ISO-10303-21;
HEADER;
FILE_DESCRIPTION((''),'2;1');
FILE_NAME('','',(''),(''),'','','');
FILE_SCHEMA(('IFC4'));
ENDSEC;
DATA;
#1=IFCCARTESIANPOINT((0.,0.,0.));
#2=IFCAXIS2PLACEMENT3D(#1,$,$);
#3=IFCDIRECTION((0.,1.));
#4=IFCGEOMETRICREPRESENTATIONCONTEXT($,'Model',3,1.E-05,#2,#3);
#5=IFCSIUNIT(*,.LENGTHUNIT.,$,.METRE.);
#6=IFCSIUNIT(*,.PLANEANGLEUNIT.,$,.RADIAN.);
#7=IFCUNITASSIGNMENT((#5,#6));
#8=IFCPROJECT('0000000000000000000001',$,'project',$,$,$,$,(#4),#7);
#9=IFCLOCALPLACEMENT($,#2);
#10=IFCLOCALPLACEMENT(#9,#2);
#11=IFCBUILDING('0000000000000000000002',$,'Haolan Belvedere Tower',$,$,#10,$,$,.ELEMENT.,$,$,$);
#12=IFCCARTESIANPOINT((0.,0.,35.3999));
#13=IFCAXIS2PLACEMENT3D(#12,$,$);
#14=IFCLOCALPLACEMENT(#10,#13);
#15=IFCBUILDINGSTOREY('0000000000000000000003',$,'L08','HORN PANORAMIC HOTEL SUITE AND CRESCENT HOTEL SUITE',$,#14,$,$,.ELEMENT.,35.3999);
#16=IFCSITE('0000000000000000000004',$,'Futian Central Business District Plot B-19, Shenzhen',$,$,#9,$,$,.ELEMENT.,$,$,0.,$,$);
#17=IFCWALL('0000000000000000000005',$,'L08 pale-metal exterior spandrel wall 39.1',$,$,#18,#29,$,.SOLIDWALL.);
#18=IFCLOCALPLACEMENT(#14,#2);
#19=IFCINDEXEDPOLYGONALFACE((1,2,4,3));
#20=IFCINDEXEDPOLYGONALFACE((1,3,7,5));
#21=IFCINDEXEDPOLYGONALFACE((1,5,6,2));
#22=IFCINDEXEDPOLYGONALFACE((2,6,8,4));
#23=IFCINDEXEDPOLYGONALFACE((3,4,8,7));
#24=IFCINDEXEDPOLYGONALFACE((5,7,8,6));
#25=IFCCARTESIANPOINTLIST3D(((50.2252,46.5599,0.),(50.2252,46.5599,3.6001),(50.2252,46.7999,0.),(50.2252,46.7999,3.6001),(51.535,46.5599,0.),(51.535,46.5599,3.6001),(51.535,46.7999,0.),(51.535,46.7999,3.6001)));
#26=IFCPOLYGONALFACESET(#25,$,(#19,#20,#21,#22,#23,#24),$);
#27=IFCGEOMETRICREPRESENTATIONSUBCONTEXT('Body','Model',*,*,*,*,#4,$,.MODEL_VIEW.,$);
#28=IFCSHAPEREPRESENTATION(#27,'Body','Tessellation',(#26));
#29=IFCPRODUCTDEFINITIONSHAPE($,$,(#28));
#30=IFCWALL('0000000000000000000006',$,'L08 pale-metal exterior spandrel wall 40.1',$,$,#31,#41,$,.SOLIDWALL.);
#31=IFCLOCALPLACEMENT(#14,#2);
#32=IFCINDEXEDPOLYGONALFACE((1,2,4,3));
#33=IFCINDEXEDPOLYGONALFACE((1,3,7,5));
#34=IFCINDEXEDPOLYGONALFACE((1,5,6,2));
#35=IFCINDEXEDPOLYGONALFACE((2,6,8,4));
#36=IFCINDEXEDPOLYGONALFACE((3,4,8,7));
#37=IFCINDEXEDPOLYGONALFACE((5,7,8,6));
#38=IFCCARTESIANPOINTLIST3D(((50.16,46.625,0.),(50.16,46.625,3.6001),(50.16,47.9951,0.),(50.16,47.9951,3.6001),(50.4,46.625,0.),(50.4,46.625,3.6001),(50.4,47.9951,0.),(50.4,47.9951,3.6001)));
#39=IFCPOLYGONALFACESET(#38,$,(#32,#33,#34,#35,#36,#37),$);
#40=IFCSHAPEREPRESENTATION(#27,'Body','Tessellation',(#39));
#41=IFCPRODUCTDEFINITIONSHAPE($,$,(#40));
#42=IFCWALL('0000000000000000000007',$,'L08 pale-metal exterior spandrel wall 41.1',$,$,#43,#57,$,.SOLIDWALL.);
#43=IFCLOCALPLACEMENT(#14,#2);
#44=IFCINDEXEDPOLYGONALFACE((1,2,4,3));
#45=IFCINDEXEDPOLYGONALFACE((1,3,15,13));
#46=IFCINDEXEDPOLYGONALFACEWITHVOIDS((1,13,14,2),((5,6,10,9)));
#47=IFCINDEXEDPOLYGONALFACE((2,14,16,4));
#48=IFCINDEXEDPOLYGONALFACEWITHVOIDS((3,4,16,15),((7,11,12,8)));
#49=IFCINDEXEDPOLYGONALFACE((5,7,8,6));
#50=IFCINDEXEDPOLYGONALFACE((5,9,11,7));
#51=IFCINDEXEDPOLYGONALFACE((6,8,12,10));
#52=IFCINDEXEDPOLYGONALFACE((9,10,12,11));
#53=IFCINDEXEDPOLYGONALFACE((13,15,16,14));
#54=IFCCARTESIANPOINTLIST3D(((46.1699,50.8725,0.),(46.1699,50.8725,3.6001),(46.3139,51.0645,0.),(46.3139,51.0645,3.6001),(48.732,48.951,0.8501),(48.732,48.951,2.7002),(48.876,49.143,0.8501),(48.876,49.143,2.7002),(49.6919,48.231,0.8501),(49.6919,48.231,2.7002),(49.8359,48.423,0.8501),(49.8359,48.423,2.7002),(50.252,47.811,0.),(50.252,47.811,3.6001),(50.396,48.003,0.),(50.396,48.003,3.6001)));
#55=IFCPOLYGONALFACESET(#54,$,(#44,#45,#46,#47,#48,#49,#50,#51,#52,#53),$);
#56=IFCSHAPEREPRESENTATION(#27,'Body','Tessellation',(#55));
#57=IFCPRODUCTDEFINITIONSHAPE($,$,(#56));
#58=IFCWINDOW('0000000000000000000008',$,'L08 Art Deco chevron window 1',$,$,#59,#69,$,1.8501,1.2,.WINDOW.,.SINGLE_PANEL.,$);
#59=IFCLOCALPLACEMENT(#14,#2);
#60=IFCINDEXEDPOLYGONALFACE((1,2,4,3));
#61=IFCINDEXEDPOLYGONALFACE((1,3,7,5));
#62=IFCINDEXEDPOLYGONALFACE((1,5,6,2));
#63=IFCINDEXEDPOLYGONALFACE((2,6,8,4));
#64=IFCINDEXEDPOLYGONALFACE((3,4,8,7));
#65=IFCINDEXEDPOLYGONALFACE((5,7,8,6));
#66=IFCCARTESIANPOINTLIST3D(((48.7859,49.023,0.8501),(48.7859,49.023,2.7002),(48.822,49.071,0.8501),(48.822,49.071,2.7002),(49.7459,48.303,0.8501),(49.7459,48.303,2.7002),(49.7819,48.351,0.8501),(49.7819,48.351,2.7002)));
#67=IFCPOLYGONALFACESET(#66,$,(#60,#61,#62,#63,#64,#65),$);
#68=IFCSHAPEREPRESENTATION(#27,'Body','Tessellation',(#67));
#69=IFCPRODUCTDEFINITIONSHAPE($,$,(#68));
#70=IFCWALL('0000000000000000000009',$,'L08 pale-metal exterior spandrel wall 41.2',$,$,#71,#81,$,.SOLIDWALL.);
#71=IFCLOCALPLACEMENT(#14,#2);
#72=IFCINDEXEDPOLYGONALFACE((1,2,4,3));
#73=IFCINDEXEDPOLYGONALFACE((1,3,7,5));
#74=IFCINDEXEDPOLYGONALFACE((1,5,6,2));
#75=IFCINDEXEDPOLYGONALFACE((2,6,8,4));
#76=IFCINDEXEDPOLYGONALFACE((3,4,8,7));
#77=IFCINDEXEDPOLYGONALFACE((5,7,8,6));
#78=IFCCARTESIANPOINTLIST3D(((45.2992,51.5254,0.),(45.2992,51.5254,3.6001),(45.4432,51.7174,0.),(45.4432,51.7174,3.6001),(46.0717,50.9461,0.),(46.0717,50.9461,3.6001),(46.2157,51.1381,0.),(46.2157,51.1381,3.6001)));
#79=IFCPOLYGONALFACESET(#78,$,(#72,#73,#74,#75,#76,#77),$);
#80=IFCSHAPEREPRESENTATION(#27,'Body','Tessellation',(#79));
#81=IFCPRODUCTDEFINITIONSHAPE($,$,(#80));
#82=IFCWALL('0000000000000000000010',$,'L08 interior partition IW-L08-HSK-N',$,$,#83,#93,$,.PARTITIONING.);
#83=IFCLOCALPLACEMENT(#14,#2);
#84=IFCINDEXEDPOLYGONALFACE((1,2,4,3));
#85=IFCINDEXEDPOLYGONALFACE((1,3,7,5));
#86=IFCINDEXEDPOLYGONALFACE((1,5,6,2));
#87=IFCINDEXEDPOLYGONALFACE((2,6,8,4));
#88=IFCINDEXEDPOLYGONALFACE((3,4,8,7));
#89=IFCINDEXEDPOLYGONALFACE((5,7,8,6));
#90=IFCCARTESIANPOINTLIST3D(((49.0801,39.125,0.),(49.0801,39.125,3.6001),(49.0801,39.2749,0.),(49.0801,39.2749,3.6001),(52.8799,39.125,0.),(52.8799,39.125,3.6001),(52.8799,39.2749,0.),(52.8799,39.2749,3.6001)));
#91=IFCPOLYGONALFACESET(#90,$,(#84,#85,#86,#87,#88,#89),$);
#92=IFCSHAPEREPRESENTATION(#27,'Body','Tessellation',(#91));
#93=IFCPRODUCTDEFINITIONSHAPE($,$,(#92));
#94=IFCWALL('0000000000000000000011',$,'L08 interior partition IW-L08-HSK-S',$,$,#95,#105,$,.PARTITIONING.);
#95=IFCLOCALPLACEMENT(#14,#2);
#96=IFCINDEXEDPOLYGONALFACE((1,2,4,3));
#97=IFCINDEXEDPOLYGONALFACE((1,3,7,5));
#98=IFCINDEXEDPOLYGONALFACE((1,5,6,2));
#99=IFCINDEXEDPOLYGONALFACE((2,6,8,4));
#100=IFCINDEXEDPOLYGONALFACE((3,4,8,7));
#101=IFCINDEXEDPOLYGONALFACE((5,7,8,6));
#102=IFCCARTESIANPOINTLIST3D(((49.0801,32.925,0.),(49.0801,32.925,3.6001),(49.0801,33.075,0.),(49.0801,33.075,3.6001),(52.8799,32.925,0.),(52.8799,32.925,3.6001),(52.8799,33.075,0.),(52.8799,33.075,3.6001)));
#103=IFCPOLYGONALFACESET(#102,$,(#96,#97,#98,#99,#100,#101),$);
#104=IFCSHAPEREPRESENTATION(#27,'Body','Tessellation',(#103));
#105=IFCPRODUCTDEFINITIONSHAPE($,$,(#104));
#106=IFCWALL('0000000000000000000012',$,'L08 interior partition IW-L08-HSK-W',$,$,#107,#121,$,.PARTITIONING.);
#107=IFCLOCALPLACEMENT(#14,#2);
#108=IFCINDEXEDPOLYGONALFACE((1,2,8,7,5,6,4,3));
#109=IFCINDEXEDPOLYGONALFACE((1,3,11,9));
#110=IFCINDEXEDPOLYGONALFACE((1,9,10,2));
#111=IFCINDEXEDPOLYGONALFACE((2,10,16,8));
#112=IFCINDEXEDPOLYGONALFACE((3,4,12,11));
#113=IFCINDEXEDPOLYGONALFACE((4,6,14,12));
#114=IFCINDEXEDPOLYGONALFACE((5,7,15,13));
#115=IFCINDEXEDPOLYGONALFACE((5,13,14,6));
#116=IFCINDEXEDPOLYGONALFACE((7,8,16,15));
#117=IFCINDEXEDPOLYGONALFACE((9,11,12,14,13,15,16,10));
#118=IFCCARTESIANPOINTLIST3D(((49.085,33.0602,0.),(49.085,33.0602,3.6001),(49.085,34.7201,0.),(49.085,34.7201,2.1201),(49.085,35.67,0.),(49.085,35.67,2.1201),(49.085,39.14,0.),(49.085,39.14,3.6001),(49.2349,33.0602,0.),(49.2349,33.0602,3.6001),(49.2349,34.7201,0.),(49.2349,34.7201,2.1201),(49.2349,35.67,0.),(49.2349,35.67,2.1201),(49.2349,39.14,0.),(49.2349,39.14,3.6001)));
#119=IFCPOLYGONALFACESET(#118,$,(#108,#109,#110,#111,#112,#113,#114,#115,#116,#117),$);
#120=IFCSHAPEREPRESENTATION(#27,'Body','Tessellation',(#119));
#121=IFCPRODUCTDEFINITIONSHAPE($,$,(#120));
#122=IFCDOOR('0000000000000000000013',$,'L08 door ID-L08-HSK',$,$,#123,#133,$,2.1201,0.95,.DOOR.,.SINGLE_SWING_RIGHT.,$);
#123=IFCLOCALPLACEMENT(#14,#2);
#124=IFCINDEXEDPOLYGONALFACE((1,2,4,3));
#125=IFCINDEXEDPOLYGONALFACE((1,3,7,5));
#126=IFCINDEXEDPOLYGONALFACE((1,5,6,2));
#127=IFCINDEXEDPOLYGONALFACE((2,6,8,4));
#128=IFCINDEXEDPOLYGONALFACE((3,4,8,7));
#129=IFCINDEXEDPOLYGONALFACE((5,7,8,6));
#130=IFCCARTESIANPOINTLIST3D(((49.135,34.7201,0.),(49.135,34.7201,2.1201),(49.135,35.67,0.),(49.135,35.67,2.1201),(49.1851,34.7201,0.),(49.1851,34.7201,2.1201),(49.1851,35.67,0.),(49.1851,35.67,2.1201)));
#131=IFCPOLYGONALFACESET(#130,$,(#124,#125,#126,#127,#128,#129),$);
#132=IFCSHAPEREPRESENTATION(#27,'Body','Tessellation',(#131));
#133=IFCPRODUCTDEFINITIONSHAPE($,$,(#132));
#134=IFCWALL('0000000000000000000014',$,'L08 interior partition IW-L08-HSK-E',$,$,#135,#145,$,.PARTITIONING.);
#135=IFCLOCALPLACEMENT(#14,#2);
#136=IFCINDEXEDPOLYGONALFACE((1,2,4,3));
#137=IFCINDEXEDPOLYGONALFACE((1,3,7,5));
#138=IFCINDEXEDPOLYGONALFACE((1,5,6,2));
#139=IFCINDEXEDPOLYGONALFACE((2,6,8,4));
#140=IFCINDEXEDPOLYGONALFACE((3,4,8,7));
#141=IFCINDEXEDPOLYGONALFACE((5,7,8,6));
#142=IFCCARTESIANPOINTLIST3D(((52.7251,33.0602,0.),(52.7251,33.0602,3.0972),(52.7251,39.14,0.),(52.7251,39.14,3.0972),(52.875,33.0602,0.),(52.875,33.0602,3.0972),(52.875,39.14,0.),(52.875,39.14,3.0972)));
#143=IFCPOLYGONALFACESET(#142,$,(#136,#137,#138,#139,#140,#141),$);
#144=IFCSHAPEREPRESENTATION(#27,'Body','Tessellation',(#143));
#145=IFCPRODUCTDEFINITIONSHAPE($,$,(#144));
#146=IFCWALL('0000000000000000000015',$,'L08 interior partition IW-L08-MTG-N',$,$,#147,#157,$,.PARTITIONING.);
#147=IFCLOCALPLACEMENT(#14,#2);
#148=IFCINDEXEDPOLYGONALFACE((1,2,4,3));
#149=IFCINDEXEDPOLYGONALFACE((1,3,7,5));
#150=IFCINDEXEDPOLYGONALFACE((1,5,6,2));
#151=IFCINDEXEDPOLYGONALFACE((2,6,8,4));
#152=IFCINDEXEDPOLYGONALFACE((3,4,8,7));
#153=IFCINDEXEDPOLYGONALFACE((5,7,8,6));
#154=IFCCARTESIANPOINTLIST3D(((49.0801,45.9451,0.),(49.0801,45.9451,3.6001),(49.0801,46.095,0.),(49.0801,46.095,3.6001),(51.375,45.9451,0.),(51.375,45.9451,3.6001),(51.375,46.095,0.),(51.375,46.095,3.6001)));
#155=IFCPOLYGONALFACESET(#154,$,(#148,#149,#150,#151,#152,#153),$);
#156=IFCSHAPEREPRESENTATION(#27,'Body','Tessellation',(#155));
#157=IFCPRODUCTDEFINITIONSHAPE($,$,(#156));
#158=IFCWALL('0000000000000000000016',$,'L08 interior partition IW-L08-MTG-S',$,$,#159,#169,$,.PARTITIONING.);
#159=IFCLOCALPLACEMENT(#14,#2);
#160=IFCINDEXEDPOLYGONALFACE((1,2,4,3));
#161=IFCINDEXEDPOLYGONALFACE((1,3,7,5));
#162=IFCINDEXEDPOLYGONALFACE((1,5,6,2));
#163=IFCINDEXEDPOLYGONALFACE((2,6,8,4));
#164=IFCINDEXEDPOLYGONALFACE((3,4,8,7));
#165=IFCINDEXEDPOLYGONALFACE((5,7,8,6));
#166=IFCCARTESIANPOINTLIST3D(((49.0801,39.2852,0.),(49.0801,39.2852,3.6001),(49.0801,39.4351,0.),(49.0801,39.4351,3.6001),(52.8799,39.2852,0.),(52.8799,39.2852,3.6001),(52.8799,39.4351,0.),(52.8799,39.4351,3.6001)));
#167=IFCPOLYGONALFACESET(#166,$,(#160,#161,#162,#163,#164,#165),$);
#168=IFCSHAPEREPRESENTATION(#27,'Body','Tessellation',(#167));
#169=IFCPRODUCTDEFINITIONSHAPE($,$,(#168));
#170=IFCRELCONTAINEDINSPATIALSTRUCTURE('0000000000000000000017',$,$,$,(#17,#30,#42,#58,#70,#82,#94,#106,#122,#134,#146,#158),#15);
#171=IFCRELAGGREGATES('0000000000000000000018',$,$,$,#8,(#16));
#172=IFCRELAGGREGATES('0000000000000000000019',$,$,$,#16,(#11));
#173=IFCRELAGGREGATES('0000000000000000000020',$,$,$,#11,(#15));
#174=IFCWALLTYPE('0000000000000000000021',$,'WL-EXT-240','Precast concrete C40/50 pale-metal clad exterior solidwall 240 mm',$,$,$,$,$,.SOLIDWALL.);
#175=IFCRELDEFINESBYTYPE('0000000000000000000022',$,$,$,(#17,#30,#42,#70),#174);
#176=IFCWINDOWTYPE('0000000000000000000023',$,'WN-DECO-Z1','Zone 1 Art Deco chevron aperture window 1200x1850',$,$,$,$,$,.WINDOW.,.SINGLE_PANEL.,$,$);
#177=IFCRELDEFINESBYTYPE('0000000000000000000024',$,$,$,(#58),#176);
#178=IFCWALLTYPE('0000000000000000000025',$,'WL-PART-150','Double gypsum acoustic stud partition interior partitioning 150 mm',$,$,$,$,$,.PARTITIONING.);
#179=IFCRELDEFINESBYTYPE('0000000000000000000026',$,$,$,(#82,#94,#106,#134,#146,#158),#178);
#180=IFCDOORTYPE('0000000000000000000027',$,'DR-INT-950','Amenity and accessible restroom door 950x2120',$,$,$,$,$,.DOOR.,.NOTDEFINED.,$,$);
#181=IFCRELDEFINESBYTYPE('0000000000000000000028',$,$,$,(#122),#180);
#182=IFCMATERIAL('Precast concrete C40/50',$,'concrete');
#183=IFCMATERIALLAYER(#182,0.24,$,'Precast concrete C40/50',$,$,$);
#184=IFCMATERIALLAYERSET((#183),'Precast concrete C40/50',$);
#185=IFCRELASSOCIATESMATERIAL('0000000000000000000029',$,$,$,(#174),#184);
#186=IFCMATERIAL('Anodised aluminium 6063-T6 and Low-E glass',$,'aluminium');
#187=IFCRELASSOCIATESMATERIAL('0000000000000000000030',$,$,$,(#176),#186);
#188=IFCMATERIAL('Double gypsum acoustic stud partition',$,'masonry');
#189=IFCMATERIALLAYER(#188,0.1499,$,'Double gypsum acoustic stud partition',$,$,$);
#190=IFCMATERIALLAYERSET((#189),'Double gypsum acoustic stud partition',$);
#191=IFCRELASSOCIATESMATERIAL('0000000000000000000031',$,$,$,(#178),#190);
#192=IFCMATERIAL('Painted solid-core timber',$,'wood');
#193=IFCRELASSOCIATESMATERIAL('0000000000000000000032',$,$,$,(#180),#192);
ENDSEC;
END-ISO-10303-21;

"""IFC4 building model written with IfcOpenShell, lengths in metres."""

from ifc_helpers import new_model, si_unit, direction, frame, frame_2d, origin, place, context, subcontext, project, spatial, rectangle, extrude, material, layer, layer_set, type_object, element, fill, save


model = new_model("IFC4")

# Units and contexts
model_context = context("Model", 3, precision=1e-05, world=origin(), true_north=direction((0.0, 1.0)))
body_context = subcontext(model_context, "Body", "Model", "MODEL_VIEW")
ifc_project = project(units=[si_unit("LENGTHUNIT", "METRE"), si_unit("PLANEANGLEUNIT", "RADIAN")], contexts=[model_context])

# Site, building, storey
site_placement = place(None, origin())
site = spatial("IfcSite", under=ifc_project, at=site_placement, Name="Futian Central Business District Plot B-19, Shenzhen", CompositionType="ELEMENT", RefElevation=0.0)
building_placement = place(site_placement, origin())
building = spatial("IfcBuilding", under=site, at=building_placement, Name="Haolan Belvedere Tower", CompositionType="ELEMENT")
storey_placement = place(building_placement, frame((0.0, 0.0, 35.3999)))
storey = spatial("IfcBuildingStorey", under=building, at=storey_placement, Name="L08", Description="HORN PANORAMIC HOTEL SUITE AND CRESCENT HOTEL SUITE", CompositionType="ELEMENT", Elevation=35.3999)

# Walls
ifc_material_1 = material(Name="Precast concrete C40/50", Category="concrete")
ifc_layer_1 = layer(ifc_material_1, 0.24, Name="Precast concrete C40/50")
ifc_layer_set_1 = layer_set([ifc_layer_1], Name="Precast concrete C40/50")
wall_type_1 = type_object("IfcWallType", Name="WL-EXT-240", Description="Precast concrete C40/50 pale-metal clad exterior solidwall 240 mm", PredefinedType="SOLIDWALL", material=ifc_layer_set_1)
wall_1_placement = place(storey_placement, frame((51.5349, 46.6799, 0.0), z_axis=(0.0, 0.0, 1.0), x_axis=(-1.0, 0.0, 0.0)))
element("IfcWall", 1, at=wall_1_placement, inside=storey, type_object=wall_type_1, Name="L08 pale-metal exterior spandrel wall 39.1", PredefinedType="SOLIDWALL", context=body_context, shape_type="SweptSolid", body=[
    extrude(rectangle(XDim=1.3098, YDim=0.24, at=frame_2d((0.6548, 0.0))), origin(), (0.0, 0.0, 1.0), 3.6001),
])
wall_2_placement = place(storey_placement, frame((50.28, 46.625, 0.0), z_axis=(0.0, 0.0, 1.0), x_axis=(0.0, 1.0, 0.0)))
element("IfcWall", 2, at=wall_2_placement, inside=storey, type_object=wall_type_1, Name="L08 pale-metal exterior spandrel wall 40.1", PredefinedType="SOLIDWALL", context=body_context, shape_type="SweptSolid", body=[
    extrude(rectangle(XDim=1.3701, YDim=0.24, at=frame_2d((0.6851, 0.0))), origin(), (0.0, 0.0, 1.0), 3.6001),
])

# Wall, opening, window
wall_3_placement = place(storey_placement, frame((50.324, 47.907, 0.0), z_axis=(0.0, 0.0, 1.0), x_axis=(-0.8, 0.6, 0.0)))
wall_3 = element("IfcWall", 3, at=wall_3_placement, inside=storey, type_object=wall_type_1, Name="L08 pale-metal exterior spandrel wall 41.1", PredefinedType="SOLIDWALL", context=body_context, shape_type="SweptSolid", body=[
    extrude(rectangle(XDim=5.1025, YDim=0.24, at=frame_2d((2.5513, 0.0))), origin(), (0.0, 0.0, 1.0), 3.6001),
])
opening_1_placement = place(wall_3_placement, frame((0.7, 0.0, 0.8501)))
opening_1 = element("IfcOpeningElement", 4, at=opening_1_placement, cuts=wall_3, PredefinedType="OPENING", context=body_context, shape_type="SweptSolid", body=[
    extrude(rectangle(XDim=1.2, YDim=1.8501, at=frame_2d((0.6001, 0.925))), frame((0.0, 0.1299, 0.0), z_axis=(0.0, -1.0, 0.0), x_axis=(1.0, 0.0, 0.0)), (0.0, 0.0, 1.0), 0.26),
])
ifc_material_2 = material(Name="Anodised aluminium 6063-T6 and Low-E glass", Category="aluminium")
window_type = type_object("IfcWindowType", Name="WN-DECO-Z1", Description="Zone 1 Art Deco chevron aperture window 1200x1850", PartitioningType="SINGLE_PANEL", PredefinedType="WINDOW", material=ifc_material_2)
window_placement = place(opening_1_placement, origin())
window = element("IfcWindow", 5, at=window_placement, inside=storey, type_object=window_type, Name="L08 Art Deco chevron window 1", OverallHeight=1.8501, OverallWidth=1.2, PartitioningType="SINGLE_PANEL", PredefinedType="WINDOW", context=body_context, shape_type="SweptSolid", body=[
    extrude(rectangle(XDim=1.2, YDim=1.8501, at=frame_2d((0.6001, 0.925))), frame((0.0, 0.03, 0.0), z_axis=(0.0, -1.0, 0.0), x_axis=(1.0, 0.0, 0.0)), (0.0, 0.0, 1.0), 0.0601),
])
fill(opening_1, window)

# Walls
wall_4_placement = place(storey_placement, frame((46.1438, 51.042, 0.0), z_axis=(0.0, 0.0, 1.0), x_axis=(-0.8, 0.6, 0.0)))
element("IfcWall", 6, at=wall_4_placement, inside=storey, type_object=wall_type_1, Name="L08 pale-metal exterior spandrel wall 41.2", PredefinedType="SOLIDWALL", context=body_context, shape_type="SweptSolid", body=[
    extrude(rectangle(XDim=0.9656, YDim=0.24, at=frame_2d((0.4829, 0.0))), origin(), (0.0, 0.0, 1.0), 3.6001),
])
ifc_material_3 = material(Name="Double gypsum acoustic stud partition", Category="masonry")
ifc_layer_2 = layer(ifc_material_3, 0.1499, Name="Double gypsum acoustic stud partition")
ifc_layer_set_2 = layer_set([ifc_layer_2], Name="Double gypsum acoustic stud partition")
wall_type_2 = type_object("IfcWallType", Name="WL-PART-150", Description="Double gypsum acoustic stud partition interior partitioning 150 mm", PredefinedType="PARTITIONING", material=ifc_layer_set_2)
for number, where, z_axis, x_axis, name in (
    (7, (49.0801, 39.2, 0.0), (0.0, 0.0, 1.0), (1.0, 0.0, 0.0), "L08 interior partition IW-L08-HSK-N"),
    (8, (49.0801, 33.0, 0.0), (0.0, 0.0, 1.0), (1.0, 0.0, 0.0), "L08 interior partition IW-L08-HSK-S"),
):
    element("IfcWall", number, at=place(storey_placement, frame(where, z_axis=z_axis, x_axis=x_axis)), inside=storey, type_object=wall_type_2, Name=name, PredefinedType="PARTITIONING", context=body_context, shape_type="SweptSolid", body=[
        extrude(rectangle(XDim=3.7998, YDim=0.1499, at=frame_2d((1.8999, 0.0))), origin(), (0.0, 0.0, 1.0), 3.6001),
    ])

# Wall, opening, door
wall_5_placement = place(storey_placement, frame((49.1599, 33.0601, 0.0), z_axis=(0.0, 0.0, 1.0), x_axis=(0.0, 1.0, 0.0)))
wall_5 = element("IfcWall", 9, at=wall_5_placement, inside=storey, type_object=wall_type_2, Name="L08 interior partition IW-L08-HSK-W", PredefinedType="PARTITIONING", context=body_context, shape_type="SweptSolid", body=[
    extrude(rectangle(XDim=6.0798, YDim=0.1499, at=frame_2d((3.04, 0.0))), origin(), (0.0, 0.0, 1.0), 3.6001),
])
opening_2_placement = place(wall_5_placement, frame((1.6599, 0.0, 0.0)))
opening_2 = element("IfcOpeningElement", 10, at=opening_2_placement, cuts=wall_5, PredefinedType="OPENING", context=body_context, shape_type="SweptSolid", body=[
    extrude(rectangle(XDim=0.95, YDim=2.1201, at=frame_2d((0.4751, 1.0601))), frame((0.0, 0.085, 0.0), z_axis=(0.0, -1.0, 0.0), x_axis=(1.0, 0.0, 0.0)), (0.0, 0.0, 1.0), 0.1699),
])
ifc_material_4 = material(Name="Painted solid-core timber", Category="wood")
door_type = type_object("IfcDoorType", Name="DR-INT-950", Description="Amenity and accessible restroom door 950x2120", OperationType="NOTDEFINED", PredefinedType="DOOR", material=ifc_material_4)
door_1_placement = place(opening_2_placement, origin())
door_1 = element("IfcDoor", 11, at=door_1_placement, inside=storey, type_object=door_type, Name="L08 door ID-L08-HSK", OperationType="SINGLE_SWING_RIGHT", OverallHeight=2.1201, OverallWidth=0.95, PredefinedType="DOOR", context=body_context, shape_type="SweptSolid", body=[
    extrude(rectangle(XDim=0.95, YDim=2.1201, at=frame_2d((0.4751, 1.0601))), frame((0.0, 0.0249, 0.0), z_axis=(0.0, -1.0, 0.0), x_axis=(1.0, 0.0, 0.0)), (0.0, 0.0, 1.0), 0.05),
])
fill(opening_2, door_1)

# Walls
wall_6_placement = place(storey_placement, frame((52.8, 33.0601, 0.0), z_axis=(0.0, 0.0, 1.0), x_axis=(0.0, 1.0, 0.0)))
element("IfcWall", 12, at=wall_6_placement, inside=storey, type_object=wall_type_2, Name="L08 interior partition IW-L08-HSK-E", PredefinedType="PARTITIONING", context=body_context, shape_type="SweptSolid", body=[
    extrude(rectangle(XDim=6.0798, YDim=0.1499, at=frame_2d((3.04, 0.0))), origin(), (0.0, 0.0, 1.0), 3.0972),
])
wall_7_placement = place(storey_placement, frame((49.0801, 46.02, 0.0), z_axis=(0.0, 0.0, 1.0), x_axis=(1.0, 0.0, 0.0)))
element("IfcWall", 13, at=wall_7_placement, inside=storey, type_object=wall_type_2, Name="L08 interior partition IW-L08-MTG-N", PredefinedType="PARTITIONING", context=body_context, shape_type="SweptSolid", body=[
    extrude(rectangle(XDim=2.2949, YDim=0.1499, at=frame_2d((1.1475, 0.0))), origin(), (0.0, 0.0, 1.0), 3.6001),
])
wall_8_placement = place(storey_placement, frame((49.0801, 39.3601, 0.0), z_axis=(0.0, 0.0, 1.0), x_axis=(1.0, 0.0, 0.0)))
element("IfcWall", 14, at=wall_8_placement, inside=storey, type_object=wall_type_2, Name="L08 interior partition IW-L08-MTG-S", PredefinedType="PARTITIONING", context=body_context, shape_type="SweptSolid", body=[
    extrude(rectangle(XDim=3.7998, YDim=0.1499, at=frame_2d((1.8999, 0.0))), origin(), (0.0, 0.0, 1.0), 3.6001),
])

save(model, "model.ifc")
